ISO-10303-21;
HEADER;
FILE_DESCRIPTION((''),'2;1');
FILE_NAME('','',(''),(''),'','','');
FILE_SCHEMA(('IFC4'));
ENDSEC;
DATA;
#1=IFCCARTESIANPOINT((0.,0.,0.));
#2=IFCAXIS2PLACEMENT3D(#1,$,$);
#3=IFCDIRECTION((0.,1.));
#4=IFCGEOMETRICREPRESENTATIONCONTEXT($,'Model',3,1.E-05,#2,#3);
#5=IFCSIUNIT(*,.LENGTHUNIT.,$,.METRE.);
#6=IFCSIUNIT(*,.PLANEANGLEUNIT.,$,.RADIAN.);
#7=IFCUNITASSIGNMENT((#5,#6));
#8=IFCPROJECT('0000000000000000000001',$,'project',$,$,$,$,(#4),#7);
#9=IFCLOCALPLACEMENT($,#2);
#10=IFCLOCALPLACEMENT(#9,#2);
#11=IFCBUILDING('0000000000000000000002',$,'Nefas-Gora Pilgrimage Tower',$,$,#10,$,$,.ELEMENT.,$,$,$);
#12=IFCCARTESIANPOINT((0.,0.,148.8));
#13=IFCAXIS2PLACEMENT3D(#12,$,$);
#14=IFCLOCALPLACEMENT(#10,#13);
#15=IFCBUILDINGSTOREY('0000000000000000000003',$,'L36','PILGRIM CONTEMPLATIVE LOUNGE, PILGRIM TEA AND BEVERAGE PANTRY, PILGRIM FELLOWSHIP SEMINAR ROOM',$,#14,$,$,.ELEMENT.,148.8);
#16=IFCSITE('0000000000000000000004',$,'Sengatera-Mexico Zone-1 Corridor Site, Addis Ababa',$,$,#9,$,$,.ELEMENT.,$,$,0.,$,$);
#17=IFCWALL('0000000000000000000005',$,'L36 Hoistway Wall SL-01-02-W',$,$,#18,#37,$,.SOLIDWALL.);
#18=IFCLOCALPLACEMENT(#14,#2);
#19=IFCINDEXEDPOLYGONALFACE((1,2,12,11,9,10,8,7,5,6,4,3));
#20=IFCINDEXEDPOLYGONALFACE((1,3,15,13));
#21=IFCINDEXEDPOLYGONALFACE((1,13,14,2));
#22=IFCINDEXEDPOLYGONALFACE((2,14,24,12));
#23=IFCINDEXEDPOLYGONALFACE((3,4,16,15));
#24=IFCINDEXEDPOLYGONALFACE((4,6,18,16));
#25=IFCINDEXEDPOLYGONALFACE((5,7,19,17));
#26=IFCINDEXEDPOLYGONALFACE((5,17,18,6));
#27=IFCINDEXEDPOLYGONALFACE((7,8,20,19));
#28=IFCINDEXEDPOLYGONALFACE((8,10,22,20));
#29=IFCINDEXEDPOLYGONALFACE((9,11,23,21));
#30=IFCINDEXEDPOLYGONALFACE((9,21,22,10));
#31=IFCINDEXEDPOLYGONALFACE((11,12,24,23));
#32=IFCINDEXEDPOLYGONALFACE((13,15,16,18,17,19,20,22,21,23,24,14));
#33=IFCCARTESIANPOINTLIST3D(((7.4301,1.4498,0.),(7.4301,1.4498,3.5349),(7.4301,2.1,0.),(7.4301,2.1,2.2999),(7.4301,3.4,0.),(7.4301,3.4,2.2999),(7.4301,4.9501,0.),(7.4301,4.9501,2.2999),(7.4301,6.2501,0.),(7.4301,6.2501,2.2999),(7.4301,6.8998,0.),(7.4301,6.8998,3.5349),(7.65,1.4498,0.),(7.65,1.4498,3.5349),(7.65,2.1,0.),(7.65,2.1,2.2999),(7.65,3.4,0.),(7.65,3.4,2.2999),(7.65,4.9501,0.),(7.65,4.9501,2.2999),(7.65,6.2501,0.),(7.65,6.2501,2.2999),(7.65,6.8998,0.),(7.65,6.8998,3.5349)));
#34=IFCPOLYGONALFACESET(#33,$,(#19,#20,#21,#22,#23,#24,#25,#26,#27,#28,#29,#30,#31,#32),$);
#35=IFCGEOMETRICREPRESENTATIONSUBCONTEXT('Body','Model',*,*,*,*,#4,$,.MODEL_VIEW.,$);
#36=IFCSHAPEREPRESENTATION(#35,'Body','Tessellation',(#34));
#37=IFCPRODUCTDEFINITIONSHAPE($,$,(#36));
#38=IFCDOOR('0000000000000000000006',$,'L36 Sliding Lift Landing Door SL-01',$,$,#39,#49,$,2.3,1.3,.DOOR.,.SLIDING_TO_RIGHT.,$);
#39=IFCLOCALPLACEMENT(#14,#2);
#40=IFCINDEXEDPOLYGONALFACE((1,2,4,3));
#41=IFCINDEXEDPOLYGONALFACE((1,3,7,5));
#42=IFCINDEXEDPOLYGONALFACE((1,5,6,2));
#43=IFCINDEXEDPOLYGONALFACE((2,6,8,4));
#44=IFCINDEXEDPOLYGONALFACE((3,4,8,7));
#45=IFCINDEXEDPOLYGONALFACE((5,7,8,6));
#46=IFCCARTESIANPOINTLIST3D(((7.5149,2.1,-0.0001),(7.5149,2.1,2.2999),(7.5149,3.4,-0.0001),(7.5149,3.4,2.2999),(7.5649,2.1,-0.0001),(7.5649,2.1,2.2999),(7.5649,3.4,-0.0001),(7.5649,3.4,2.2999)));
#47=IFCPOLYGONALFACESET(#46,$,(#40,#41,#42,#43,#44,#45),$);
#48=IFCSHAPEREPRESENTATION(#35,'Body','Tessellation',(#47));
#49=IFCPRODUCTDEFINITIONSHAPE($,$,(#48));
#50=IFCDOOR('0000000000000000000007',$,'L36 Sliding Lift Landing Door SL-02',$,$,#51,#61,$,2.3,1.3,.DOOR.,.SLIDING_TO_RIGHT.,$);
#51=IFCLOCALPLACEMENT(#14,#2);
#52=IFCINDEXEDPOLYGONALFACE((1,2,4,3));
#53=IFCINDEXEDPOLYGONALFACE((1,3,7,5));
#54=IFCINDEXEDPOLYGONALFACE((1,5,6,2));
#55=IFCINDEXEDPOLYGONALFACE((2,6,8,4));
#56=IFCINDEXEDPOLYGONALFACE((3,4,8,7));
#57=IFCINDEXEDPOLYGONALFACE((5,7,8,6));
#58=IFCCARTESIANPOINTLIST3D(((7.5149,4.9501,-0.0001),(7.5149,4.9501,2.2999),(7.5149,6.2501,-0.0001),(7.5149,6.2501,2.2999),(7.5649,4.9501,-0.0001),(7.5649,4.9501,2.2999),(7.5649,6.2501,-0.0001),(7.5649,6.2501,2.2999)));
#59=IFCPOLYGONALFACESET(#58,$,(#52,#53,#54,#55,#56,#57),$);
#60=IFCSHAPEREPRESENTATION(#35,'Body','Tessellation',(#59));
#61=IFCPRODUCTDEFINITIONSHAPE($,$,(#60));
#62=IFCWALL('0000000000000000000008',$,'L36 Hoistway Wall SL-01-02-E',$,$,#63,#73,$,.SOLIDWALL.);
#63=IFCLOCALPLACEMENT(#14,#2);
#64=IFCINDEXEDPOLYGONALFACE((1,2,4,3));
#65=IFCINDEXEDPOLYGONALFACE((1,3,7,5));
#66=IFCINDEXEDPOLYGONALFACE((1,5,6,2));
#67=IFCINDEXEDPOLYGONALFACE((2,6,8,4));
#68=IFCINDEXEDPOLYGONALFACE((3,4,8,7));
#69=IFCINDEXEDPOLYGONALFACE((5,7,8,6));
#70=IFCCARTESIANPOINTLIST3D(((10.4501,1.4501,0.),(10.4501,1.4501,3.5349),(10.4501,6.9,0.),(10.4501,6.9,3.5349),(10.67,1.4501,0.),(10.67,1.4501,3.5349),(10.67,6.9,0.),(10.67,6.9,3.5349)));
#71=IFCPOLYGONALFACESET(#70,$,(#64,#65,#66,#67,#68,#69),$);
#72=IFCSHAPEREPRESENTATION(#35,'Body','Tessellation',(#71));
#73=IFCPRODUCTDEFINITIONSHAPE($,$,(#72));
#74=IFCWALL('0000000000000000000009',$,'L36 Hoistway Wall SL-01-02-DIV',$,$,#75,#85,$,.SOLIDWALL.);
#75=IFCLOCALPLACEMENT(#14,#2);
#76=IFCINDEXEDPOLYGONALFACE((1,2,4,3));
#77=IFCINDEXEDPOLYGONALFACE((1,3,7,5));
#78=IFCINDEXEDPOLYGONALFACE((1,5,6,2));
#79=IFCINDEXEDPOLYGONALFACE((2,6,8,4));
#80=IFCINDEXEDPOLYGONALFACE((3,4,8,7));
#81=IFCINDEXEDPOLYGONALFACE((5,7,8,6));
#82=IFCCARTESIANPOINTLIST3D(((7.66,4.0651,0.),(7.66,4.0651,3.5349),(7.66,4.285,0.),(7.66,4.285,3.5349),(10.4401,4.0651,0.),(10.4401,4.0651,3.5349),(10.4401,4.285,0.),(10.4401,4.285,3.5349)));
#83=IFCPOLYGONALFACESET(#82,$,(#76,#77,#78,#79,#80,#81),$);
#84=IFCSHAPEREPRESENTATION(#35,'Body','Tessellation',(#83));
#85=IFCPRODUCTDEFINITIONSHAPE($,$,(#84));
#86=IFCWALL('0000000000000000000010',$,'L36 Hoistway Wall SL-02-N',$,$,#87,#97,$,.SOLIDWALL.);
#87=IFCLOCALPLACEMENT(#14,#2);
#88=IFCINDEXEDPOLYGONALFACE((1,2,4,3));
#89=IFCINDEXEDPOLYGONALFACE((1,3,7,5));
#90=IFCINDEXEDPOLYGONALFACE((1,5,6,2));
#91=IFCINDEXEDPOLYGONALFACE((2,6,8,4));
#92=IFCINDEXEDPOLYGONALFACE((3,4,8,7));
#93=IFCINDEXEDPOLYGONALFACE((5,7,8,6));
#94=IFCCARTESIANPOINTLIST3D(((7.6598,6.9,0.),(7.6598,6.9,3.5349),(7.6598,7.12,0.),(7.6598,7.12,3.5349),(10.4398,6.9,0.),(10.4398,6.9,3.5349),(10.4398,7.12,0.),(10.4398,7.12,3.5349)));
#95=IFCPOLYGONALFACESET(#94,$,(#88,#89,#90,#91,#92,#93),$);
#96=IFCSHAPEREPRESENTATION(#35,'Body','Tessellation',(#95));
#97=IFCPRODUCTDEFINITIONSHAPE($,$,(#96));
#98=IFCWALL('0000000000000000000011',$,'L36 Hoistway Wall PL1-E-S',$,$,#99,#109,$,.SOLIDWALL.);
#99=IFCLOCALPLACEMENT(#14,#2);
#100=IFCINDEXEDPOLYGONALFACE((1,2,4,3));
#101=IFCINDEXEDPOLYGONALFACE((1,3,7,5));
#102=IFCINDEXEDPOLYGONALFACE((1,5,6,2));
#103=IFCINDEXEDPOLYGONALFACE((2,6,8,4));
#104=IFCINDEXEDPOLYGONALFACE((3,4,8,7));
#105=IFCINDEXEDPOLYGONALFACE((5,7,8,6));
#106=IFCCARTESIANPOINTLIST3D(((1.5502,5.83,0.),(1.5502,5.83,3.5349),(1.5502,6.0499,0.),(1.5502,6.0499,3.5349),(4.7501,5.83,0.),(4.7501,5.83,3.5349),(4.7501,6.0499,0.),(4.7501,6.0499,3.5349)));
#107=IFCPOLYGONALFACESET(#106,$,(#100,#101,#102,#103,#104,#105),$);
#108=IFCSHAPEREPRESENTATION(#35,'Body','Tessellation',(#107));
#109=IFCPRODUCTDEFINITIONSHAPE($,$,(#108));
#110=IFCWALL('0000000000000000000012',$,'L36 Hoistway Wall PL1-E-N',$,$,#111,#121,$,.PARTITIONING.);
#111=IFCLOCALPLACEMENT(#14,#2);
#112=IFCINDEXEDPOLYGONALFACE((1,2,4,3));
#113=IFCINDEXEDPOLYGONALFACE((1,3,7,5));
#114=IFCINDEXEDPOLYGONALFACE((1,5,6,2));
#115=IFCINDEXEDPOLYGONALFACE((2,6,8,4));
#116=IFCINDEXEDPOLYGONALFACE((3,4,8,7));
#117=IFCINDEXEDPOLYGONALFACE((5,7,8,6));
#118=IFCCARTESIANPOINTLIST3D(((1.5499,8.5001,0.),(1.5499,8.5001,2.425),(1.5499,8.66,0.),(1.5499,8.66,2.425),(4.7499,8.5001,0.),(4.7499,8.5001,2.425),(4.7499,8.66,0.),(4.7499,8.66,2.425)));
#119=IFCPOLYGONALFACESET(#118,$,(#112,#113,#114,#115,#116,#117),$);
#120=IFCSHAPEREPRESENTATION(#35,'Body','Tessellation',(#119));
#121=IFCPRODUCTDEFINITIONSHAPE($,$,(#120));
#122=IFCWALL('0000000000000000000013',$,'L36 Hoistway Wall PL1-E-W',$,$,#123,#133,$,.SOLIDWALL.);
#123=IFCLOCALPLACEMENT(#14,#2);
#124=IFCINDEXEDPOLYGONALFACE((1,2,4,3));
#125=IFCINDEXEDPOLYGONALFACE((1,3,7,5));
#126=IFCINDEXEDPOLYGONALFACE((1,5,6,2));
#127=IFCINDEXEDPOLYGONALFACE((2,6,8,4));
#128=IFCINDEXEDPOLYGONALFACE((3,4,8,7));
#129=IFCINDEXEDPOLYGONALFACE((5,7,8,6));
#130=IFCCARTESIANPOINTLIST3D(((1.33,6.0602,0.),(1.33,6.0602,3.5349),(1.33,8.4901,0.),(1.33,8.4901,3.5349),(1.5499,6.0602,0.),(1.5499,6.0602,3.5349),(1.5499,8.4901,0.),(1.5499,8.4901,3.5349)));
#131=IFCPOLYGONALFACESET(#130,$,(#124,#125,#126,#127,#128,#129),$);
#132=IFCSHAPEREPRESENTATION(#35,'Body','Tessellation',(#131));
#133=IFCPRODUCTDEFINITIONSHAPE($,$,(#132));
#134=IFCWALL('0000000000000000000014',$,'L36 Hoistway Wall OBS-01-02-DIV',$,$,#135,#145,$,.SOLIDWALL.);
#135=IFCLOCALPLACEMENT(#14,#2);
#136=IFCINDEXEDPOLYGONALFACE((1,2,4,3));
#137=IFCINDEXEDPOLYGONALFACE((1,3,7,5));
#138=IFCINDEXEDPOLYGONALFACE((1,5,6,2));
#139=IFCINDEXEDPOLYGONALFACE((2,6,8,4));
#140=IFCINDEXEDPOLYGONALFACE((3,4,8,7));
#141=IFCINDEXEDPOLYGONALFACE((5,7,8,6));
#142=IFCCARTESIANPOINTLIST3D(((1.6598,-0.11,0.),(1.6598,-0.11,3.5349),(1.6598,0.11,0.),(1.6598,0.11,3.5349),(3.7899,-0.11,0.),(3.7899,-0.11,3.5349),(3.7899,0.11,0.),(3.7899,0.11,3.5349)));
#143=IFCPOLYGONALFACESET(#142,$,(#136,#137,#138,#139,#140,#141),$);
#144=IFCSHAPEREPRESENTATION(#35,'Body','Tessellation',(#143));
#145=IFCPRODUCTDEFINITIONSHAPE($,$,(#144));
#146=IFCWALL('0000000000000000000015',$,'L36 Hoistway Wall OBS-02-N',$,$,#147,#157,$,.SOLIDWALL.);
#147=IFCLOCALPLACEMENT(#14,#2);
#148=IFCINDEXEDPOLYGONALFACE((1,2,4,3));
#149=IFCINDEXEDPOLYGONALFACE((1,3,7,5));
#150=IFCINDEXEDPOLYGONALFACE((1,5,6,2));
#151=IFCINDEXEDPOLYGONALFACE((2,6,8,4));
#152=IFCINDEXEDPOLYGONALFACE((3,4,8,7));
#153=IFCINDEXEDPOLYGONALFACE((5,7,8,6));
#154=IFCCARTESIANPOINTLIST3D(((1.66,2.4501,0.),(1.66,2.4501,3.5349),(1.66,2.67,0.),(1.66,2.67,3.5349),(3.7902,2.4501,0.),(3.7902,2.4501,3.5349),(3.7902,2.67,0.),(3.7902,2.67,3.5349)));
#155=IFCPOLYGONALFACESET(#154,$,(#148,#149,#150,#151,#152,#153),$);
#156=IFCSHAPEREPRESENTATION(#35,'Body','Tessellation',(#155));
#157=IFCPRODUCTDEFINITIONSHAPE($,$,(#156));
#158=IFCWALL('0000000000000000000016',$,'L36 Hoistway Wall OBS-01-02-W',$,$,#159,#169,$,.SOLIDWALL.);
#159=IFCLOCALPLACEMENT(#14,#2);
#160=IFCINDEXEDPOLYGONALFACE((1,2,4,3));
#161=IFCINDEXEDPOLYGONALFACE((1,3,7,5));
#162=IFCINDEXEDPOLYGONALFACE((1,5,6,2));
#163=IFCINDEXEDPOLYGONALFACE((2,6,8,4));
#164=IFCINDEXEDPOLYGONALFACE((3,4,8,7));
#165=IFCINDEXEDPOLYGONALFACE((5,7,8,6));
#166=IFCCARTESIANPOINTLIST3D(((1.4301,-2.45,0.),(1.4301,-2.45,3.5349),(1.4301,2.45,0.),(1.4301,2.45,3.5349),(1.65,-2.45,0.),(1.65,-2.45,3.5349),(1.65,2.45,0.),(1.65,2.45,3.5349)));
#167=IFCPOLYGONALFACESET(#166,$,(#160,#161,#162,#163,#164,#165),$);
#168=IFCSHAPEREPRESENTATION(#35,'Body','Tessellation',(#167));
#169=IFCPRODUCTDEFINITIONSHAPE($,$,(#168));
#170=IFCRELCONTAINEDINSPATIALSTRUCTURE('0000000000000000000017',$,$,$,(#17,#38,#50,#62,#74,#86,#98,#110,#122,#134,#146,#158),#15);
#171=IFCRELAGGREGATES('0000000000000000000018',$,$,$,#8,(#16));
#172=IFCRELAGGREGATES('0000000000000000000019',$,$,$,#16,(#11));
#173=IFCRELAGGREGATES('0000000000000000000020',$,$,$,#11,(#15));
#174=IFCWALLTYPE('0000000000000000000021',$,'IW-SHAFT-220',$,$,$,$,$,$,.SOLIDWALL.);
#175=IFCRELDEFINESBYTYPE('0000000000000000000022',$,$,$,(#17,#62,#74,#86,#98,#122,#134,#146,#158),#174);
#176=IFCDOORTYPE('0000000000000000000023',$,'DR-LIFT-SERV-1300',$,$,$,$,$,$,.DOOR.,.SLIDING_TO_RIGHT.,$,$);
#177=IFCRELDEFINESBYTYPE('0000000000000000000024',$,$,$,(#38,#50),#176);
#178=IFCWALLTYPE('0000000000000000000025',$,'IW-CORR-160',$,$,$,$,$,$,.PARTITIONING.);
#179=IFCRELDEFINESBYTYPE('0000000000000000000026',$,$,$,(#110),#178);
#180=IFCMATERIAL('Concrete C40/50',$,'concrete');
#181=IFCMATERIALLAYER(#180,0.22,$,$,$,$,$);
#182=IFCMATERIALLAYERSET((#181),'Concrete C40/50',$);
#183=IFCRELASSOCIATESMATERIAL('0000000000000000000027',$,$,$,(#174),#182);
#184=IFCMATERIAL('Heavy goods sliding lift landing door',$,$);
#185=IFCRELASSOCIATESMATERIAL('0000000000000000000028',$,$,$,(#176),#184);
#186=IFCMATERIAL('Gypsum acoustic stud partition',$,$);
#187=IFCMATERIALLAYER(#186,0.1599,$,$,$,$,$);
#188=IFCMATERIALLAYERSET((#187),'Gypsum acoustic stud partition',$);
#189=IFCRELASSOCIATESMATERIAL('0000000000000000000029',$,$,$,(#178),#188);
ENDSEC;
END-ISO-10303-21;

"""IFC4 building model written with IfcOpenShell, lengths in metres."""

from ifc_helpers import new_model, si_unit, direction, frame, frame_2d, origin, place, context, subcontext, project, spatial, rectangle, extrude, source, transform, mapped, material, layer, layer_set, type_object, element, fill, save


model = new_model("IFC4")

# Units and contexts
model_context = context("Model", 3, precision=1e-05, world=origin(), true_north=direction((0.0, 1.0)))
body_context = subcontext(model_context, "Body", "Model", "MODEL_VIEW")
ifc_project = project(units=[si_unit("LENGTHUNIT", "METRE"), si_unit("PLANEANGLEUNIT", "RADIAN")], contexts=[model_context])

# Site, building, storey
site_placement = place(None, origin())
site = spatial("IfcSite", under=ifc_project, at=site_placement, Name="Sengatera-Mexico Zone-1 Corridor Site, Addis Ababa", CompositionType="ELEMENT", RefElevation=0.0)
building_placement = place(site_placement, origin())
building = spatial("IfcBuilding", under=site, at=building_placement, Name="Nefas-Gora Pilgrimage Tower", CompositionType="ELEMENT")
storey_placement = place(building_placement, frame((0.0, 0.0, 148.8)))
storey = spatial("IfcBuildingStorey", under=building, at=storey_placement, Name="L36", Description="PILGRIM CONTEMPLATIVE LOUNGE, PILGRIM TEA AND BEVERAGE PANTRY, PILGRIM FELLOWSHIP SEMINAR ROOM", CompositionType="ELEMENT", Elevation=148.8)

# Shared definitions
ifc_material_1 = material(Name="Concrete C40/50", Category="concrete")

# Wall, openings, doors
ifc_layer_1 = layer(ifc_material_1, 0.22)
ifc_layer_set_1 = layer_set([ifc_layer_1], Name="Concrete C40/50")
wall_type_1 = type_object("IfcWallType", Name="IW-SHAFT-220", PredefinedType="SOLIDWALL", material=ifc_layer_set_1)
shared_shape_1 = source(origin(), body_context, "Body", "SweptSolid", [
    extrude(rectangle(XDim=5.45, YDim=0.22, at=frame_2d((2.7251, 0.0))), origin(), (0.0, 0.0, 1.0), 3.5349),
])
wall_1_placement = place(storey_placement, frame((7.54, 6.8999, 0.0), z_axis=(0.0, 0.0, 1.0), x_axis=(0.0, -1.0, 0.0)))
wall_1 = element("IfcWall", 1, at=wall_1_placement, inside=storey, type_object=wall_type_1, Name="L36 Hoistway Wall SL-01-02-W", PredefinedType="SOLIDWALL", context=body_context, shape_type="MappedRepresentation", body=[
    mapped(shared_shape_1, transform((0.0, 0.0, 0.0), x_axis=(1.0, 0.0, 0.0), y_axis=(0.0, 1.0, 0.0), z_axis=(0.0, 0.0, 1.0), scale=1.0)),
])
opening_1_placement = place(wall_1_placement, frame((3.5, 0.0, 0.0)))
opening_1 = element("IfcOpeningElement", 2, at=opening_1_placement, cuts=wall_1, PredefinedType="OPENING", context=body_context, shape_type="SweptSolid", body=[
    extrude(rectangle(XDim=1.3, YDim=2.3, at=frame_2d((0.6499, 1.1499))), frame((0.0, 0.1199, 0.0), z_axis=(0.0, -1.0, 0.0), x_axis=(1.0, 0.0, 0.0)), (0.0, 0.0, 1.0), 0.24),
])
opening_2_placement = place(wall_1_placement, frame((0.6499, 0.0, 0.0)))
opening_2 = element("IfcOpeningElement", 3, at=opening_2_placement, cuts=wall_1, PredefinedType="OPENING", context=body_context, shape_type="SweptSolid", body=[
    extrude(rectangle(XDim=1.3, YDim=2.3, at=frame_2d((0.6499, 1.1499))), frame((0.0, 0.1199, 0.0), z_axis=(0.0, -1.0, 0.0), x_axis=(1.0, 0.0, 0.0)), (0.0, 0.0, 1.0), 0.24),
])
ifc_material_2 = material(Name="Heavy goods sliding lift landing door")
door_type_1 = type_object("IfcDoorType", Name="DR-LIFT-SERV-1300", OperationType="SLIDING_TO_RIGHT", PredefinedType="DOOR", material=ifc_material_2)
shared_shape_2 = source(origin(), body_context, "Body", "SweptSolid", [
    extrude(rectangle(XDim=1.3, YDim=2.3, at=frame_2d((0.6499, 1.1499))), frame((0.0, 0.0249, 0.0), z_axis=(0.0, -1.0, 0.0), x_axis=(1.0, 0.0, 0.0)), (0.0, 0.0, 1.0), 0.05),
])
door_1_placement = place(opening_1_placement, origin())
door_1 = element("IfcDoor", 4, at=door_1_placement, inside=storey, type_object=door_type_1, Name="L36 Sliding Lift Landing Door SL-01", OperationType="SLIDING_TO_RIGHT", OverallHeight=2.3, OverallWidth=1.3, PredefinedType="DOOR", context=body_context, shape_type="MappedRepresentation", body=[
    mapped(shared_shape_2, transform((0.0, 0.0, 0.0), x_axis=(1.0, 0.0, 0.0), y_axis=(0.0, 1.0, 0.0), z_axis=(0.0, 0.0, 1.0), scale=1.0)),
])
fill(opening_1, door_1)
door_2_placement = place(opening_2_placement, origin())
door_2 = element("IfcDoor", 5, at=door_2_placement, inside=storey, type_object=door_type_1, Name="L36 Sliding Lift Landing Door SL-02", OperationType="SLIDING_TO_RIGHT", OverallHeight=2.3, OverallWidth=1.3, PredefinedType="DOOR", context=body_context, shape_type="MappedRepresentation", body=[
    mapped(shared_shape_2, transform((0.0, 0.0, 0.0), x_axis=(1.0, 0.0, 0.0), y_axis=(0.0, 1.0, 0.0), z_axis=(0.0, 0.0, 1.0), scale=1.0)),
])
fill(opening_2, door_2)

# Walls
wall_2_placement = place(storey_placement, frame((10.5601, 1.45, 0.0), z_axis=(0.0, 0.0, 1.0), x_axis=(0.0, 1.0, 0.0)))
element("IfcWall", 6, at=wall_2_placement, inside=storey, type_object=wall_type_1, Name="L36 Hoistway Wall SL-01-02-E", PredefinedType="SOLIDWALL", context=body_context, shape_type="MappedRepresentation", body=[
    mapped(shared_shape_1, transform((0.0, 0.0, 0.0), x_axis=(1.0, 0.0, 0.0), y_axis=(0.0, 1.0, 0.0), z_axis=(0.0, 0.0, 1.0), scale=1.0)),
])
shared_shape_3 = source(origin(), body_context, "Body", "SweptSolid", [
    extrude(rectangle(XDim=2.78, YDim=0.22, at=frame_2d((1.3901, 0.0))), origin(), (0.0, 0.0, 1.0), 3.5349),
])
for number, where, z_axis, x_axis, name in (
    (7, (7.6599, 4.175, 0.0), (0.0, 0.0, 1.0), (1.0, 0.0, 0.0), "L36 Hoistway Wall SL-01-02-DIV"),
    (8, (10.4399, 7.01, 0.0), (0.0, 0.0, 1.0), (-1.0, 0.0, 0.0), "L36 Hoistway Wall SL-02-N"),
):
    element("IfcWall", number, at=place(storey_placement, frame(where, z_axis=z_axis, x_axis=x_axis)), inside=storey, type_object=wall_type_1, Name=name, PredefinedType="SOLIDWALL", context=body_context, shape_type="MappedRepresentation", body=[
        mapped(shared_shape_3, transform((0.0, 0.0, 0.0), x_axis=(1.0, 0.0, 0.0), y_axis=(0.0, 1.0, 0.0), z_axis=(0.0, 0.0, 1.0), scale=1.0)),
    ])
shared_shape_4 = source(origin(), body_context, "Body", "SweptSolid", [
    extrude(rectangle(XDim=3.2, YDim=0.22, at=frame_2d((1.6001, 0.0))), origin(), (0.0, 0.0, 1.0), 3.5349),
])
wall_3_placement = place(storey_placement, frame((1.55, 5.9399, 0.0), z_axis=(0.0, 0.0, 1.0), x_axis=(1.0, 0.0, 0.0)))
element("IfcWall", 9, at=wall_3_placement, inside=storey, type_object=wall_type_1, Name="L36 Hoistway Wall PL1-E-S", PredefinedType="SOLIDWALL", context=body_context, shape_type="MappedRepresentation", body=[
    mapped(shared_shape_4, transform((0.0, 0.0, 0.0), x_axis=(1.0, 0.0, 0.0), y_axis=(0.0, 1.0, 0.0), z_axis=(0.0, 0.0, 1.0), scale=1.0)),
])
ifc_material_3 = material(Name="Gypsum acoustic stud partition")
ifc_layer_2 = layer(ifc_material_3, 0.1599)
ifc_layer_set_2 = layer_set([ifc_layer_2], Name="Gypsum acoustic stud partition")
wall_type_2 = type_object("IfcWallType", Name="IW-CORR-160", PredefinedType="PARTITIONING", material=ifc_layer_set_2)
shared_shape_5 = source(origin(), body_context, "Body", "SweptSolid", [
    extrude(rectangle(XDim=3.2, YDim=0.1599, at=frame_2d((1.6001, 0.0))), origin(), (0.0, 0.0, 1.0), 2.425),
])
wall_4_placement = place(storey_placement, frame((4.75, 8.5801, 0.0), z_axis=(0.0, 0.0, 1.0), x_axis=(-1.0, 0.0, 0.0)))
element("IfcWall", 10, at=wall_4_placement, inside=storey, type_object=wall_type_2, Name="L36 Hoistway Wall PL1-E-N", PredefinedType="PARTITIONING", context=body_context, shape_type="MappedRepresentation", body=[
    mapped(shared_shape_5, transform((0.0, 0.0, 0.0), x_axis=(1.0, 0.0, 0.0), y_axis=(0.0, 1.0, 0.0), z_axis=(0.0, 0.0, 1.0), scale=1.0)),
])
shared_shape_6 = source(origin(), body_context, "Body", "SweptSolid", [
    extrude(rectangle(XDim=2.4299, YDim=0.22, at=frame_2d((1.2148, 0.0))), origin(), (0.0, 0.0, 1.0), 3.5349),
])
for number, where, z_axis, x_axis, name in (
    (11, (1.4399, 8.49, 0.0), (0.0, 0.0, 1.0), (0.0, -1.0, 0.0), "L36 Hoistway Wall PL1-E-W"),
):
    element("IfcWall", number, at=place(storey_placement, frame(where, z_axis=z_axis, x_axis=x_axis)), inside=storey, type_object=wall_type_1, Name=name, PredefinedType="SOLIDWALL", context=body_context, shape_type="MappedRepresentation", body=[
        mapped(shared_shape_6, transform((0.0, 0.0, 0.0), x_axis=(1.0, 0.0, 0.0), y_axis=(0.0, 1.0, 0.0), z_axis=(0.0, 0.0, 1.0), scale=1.0)),
    ])
shared_shape_7 = source(origin(), body_context, "Body", "SweptSolid", [
    extrude(rectangle(XDim=2.1301, YDim=0.22, at=frame_2d((1.0649, 0.0))), origin(), (0.0, 0.0, 1.0), 3.5349),
])
for number, where, z_axis, x_axis, name in (
    (12, (1.6599, 0.0, 0.0), (0.0, 0.0, 1.0), (1.0, 0.0, 0.0), "L36 Hoistway Wall OBS-01-02-DIV"),
    (13, (3.79, 2.5601, 0.0), (0.0, 0.0, 1.0), (-1.0, 0.0, 0.0), "L36 Hoistway Wall OBS-02-N"),
):
    element("IfcWall", number, at=place(storey_placement, frame(where, z_axis=z_axis, x_axis=x_axis)), inside=storey, type_object=wall_type_1, Name=name, PredefinedType="SOLIDWALL", context=body_context, shape_type="MappedRepresentation", body=[
        mapped(shared_shape_7, transform((0.0, 0.0, 0.0), x_axis=(1.0, 0.0, 0.0), y_axis=(0.0, 1.0, 0.0), z_axis=(0.0, 0.0, 1.0), scale=1.0)),
    ])
shared_shape_8 = source(origin(), body_context, "Body", "SweptSolid", [
    extrude(rectangle(XDim=4.8999, YDim=0.22, at=frame_2d((2.45, 0.0))), origin(), (0.0, 0.0, 1.0), 3.5349),
])
wall_5_placement = place(storey_placement, frame((1.54, 2.45, 0.0), z_axis=(0.0, 0.0, 1.0), x_axis=(0.0, -1.0, 0.0)))
element("IfcWall", 14, at=wall_5_placement, inside=storey, type_object=wall_type_1, Name="L36 Hoistway Wall OBS-01-02-W", PredefinedType="SOLIDWALL", context=body_context, shape_type="MappedRepresentation", body=[
    mapped(shared_shape_8, transform((0.0, 0.0, 0.0), x_axis=(1.0, 0.0, 0.0), y_axis=(0.0, 1.0, 0.0), z_axis=(0.0, 0.0, 1.0), scale=1.0)),
])

save(model, "model.ifc")
